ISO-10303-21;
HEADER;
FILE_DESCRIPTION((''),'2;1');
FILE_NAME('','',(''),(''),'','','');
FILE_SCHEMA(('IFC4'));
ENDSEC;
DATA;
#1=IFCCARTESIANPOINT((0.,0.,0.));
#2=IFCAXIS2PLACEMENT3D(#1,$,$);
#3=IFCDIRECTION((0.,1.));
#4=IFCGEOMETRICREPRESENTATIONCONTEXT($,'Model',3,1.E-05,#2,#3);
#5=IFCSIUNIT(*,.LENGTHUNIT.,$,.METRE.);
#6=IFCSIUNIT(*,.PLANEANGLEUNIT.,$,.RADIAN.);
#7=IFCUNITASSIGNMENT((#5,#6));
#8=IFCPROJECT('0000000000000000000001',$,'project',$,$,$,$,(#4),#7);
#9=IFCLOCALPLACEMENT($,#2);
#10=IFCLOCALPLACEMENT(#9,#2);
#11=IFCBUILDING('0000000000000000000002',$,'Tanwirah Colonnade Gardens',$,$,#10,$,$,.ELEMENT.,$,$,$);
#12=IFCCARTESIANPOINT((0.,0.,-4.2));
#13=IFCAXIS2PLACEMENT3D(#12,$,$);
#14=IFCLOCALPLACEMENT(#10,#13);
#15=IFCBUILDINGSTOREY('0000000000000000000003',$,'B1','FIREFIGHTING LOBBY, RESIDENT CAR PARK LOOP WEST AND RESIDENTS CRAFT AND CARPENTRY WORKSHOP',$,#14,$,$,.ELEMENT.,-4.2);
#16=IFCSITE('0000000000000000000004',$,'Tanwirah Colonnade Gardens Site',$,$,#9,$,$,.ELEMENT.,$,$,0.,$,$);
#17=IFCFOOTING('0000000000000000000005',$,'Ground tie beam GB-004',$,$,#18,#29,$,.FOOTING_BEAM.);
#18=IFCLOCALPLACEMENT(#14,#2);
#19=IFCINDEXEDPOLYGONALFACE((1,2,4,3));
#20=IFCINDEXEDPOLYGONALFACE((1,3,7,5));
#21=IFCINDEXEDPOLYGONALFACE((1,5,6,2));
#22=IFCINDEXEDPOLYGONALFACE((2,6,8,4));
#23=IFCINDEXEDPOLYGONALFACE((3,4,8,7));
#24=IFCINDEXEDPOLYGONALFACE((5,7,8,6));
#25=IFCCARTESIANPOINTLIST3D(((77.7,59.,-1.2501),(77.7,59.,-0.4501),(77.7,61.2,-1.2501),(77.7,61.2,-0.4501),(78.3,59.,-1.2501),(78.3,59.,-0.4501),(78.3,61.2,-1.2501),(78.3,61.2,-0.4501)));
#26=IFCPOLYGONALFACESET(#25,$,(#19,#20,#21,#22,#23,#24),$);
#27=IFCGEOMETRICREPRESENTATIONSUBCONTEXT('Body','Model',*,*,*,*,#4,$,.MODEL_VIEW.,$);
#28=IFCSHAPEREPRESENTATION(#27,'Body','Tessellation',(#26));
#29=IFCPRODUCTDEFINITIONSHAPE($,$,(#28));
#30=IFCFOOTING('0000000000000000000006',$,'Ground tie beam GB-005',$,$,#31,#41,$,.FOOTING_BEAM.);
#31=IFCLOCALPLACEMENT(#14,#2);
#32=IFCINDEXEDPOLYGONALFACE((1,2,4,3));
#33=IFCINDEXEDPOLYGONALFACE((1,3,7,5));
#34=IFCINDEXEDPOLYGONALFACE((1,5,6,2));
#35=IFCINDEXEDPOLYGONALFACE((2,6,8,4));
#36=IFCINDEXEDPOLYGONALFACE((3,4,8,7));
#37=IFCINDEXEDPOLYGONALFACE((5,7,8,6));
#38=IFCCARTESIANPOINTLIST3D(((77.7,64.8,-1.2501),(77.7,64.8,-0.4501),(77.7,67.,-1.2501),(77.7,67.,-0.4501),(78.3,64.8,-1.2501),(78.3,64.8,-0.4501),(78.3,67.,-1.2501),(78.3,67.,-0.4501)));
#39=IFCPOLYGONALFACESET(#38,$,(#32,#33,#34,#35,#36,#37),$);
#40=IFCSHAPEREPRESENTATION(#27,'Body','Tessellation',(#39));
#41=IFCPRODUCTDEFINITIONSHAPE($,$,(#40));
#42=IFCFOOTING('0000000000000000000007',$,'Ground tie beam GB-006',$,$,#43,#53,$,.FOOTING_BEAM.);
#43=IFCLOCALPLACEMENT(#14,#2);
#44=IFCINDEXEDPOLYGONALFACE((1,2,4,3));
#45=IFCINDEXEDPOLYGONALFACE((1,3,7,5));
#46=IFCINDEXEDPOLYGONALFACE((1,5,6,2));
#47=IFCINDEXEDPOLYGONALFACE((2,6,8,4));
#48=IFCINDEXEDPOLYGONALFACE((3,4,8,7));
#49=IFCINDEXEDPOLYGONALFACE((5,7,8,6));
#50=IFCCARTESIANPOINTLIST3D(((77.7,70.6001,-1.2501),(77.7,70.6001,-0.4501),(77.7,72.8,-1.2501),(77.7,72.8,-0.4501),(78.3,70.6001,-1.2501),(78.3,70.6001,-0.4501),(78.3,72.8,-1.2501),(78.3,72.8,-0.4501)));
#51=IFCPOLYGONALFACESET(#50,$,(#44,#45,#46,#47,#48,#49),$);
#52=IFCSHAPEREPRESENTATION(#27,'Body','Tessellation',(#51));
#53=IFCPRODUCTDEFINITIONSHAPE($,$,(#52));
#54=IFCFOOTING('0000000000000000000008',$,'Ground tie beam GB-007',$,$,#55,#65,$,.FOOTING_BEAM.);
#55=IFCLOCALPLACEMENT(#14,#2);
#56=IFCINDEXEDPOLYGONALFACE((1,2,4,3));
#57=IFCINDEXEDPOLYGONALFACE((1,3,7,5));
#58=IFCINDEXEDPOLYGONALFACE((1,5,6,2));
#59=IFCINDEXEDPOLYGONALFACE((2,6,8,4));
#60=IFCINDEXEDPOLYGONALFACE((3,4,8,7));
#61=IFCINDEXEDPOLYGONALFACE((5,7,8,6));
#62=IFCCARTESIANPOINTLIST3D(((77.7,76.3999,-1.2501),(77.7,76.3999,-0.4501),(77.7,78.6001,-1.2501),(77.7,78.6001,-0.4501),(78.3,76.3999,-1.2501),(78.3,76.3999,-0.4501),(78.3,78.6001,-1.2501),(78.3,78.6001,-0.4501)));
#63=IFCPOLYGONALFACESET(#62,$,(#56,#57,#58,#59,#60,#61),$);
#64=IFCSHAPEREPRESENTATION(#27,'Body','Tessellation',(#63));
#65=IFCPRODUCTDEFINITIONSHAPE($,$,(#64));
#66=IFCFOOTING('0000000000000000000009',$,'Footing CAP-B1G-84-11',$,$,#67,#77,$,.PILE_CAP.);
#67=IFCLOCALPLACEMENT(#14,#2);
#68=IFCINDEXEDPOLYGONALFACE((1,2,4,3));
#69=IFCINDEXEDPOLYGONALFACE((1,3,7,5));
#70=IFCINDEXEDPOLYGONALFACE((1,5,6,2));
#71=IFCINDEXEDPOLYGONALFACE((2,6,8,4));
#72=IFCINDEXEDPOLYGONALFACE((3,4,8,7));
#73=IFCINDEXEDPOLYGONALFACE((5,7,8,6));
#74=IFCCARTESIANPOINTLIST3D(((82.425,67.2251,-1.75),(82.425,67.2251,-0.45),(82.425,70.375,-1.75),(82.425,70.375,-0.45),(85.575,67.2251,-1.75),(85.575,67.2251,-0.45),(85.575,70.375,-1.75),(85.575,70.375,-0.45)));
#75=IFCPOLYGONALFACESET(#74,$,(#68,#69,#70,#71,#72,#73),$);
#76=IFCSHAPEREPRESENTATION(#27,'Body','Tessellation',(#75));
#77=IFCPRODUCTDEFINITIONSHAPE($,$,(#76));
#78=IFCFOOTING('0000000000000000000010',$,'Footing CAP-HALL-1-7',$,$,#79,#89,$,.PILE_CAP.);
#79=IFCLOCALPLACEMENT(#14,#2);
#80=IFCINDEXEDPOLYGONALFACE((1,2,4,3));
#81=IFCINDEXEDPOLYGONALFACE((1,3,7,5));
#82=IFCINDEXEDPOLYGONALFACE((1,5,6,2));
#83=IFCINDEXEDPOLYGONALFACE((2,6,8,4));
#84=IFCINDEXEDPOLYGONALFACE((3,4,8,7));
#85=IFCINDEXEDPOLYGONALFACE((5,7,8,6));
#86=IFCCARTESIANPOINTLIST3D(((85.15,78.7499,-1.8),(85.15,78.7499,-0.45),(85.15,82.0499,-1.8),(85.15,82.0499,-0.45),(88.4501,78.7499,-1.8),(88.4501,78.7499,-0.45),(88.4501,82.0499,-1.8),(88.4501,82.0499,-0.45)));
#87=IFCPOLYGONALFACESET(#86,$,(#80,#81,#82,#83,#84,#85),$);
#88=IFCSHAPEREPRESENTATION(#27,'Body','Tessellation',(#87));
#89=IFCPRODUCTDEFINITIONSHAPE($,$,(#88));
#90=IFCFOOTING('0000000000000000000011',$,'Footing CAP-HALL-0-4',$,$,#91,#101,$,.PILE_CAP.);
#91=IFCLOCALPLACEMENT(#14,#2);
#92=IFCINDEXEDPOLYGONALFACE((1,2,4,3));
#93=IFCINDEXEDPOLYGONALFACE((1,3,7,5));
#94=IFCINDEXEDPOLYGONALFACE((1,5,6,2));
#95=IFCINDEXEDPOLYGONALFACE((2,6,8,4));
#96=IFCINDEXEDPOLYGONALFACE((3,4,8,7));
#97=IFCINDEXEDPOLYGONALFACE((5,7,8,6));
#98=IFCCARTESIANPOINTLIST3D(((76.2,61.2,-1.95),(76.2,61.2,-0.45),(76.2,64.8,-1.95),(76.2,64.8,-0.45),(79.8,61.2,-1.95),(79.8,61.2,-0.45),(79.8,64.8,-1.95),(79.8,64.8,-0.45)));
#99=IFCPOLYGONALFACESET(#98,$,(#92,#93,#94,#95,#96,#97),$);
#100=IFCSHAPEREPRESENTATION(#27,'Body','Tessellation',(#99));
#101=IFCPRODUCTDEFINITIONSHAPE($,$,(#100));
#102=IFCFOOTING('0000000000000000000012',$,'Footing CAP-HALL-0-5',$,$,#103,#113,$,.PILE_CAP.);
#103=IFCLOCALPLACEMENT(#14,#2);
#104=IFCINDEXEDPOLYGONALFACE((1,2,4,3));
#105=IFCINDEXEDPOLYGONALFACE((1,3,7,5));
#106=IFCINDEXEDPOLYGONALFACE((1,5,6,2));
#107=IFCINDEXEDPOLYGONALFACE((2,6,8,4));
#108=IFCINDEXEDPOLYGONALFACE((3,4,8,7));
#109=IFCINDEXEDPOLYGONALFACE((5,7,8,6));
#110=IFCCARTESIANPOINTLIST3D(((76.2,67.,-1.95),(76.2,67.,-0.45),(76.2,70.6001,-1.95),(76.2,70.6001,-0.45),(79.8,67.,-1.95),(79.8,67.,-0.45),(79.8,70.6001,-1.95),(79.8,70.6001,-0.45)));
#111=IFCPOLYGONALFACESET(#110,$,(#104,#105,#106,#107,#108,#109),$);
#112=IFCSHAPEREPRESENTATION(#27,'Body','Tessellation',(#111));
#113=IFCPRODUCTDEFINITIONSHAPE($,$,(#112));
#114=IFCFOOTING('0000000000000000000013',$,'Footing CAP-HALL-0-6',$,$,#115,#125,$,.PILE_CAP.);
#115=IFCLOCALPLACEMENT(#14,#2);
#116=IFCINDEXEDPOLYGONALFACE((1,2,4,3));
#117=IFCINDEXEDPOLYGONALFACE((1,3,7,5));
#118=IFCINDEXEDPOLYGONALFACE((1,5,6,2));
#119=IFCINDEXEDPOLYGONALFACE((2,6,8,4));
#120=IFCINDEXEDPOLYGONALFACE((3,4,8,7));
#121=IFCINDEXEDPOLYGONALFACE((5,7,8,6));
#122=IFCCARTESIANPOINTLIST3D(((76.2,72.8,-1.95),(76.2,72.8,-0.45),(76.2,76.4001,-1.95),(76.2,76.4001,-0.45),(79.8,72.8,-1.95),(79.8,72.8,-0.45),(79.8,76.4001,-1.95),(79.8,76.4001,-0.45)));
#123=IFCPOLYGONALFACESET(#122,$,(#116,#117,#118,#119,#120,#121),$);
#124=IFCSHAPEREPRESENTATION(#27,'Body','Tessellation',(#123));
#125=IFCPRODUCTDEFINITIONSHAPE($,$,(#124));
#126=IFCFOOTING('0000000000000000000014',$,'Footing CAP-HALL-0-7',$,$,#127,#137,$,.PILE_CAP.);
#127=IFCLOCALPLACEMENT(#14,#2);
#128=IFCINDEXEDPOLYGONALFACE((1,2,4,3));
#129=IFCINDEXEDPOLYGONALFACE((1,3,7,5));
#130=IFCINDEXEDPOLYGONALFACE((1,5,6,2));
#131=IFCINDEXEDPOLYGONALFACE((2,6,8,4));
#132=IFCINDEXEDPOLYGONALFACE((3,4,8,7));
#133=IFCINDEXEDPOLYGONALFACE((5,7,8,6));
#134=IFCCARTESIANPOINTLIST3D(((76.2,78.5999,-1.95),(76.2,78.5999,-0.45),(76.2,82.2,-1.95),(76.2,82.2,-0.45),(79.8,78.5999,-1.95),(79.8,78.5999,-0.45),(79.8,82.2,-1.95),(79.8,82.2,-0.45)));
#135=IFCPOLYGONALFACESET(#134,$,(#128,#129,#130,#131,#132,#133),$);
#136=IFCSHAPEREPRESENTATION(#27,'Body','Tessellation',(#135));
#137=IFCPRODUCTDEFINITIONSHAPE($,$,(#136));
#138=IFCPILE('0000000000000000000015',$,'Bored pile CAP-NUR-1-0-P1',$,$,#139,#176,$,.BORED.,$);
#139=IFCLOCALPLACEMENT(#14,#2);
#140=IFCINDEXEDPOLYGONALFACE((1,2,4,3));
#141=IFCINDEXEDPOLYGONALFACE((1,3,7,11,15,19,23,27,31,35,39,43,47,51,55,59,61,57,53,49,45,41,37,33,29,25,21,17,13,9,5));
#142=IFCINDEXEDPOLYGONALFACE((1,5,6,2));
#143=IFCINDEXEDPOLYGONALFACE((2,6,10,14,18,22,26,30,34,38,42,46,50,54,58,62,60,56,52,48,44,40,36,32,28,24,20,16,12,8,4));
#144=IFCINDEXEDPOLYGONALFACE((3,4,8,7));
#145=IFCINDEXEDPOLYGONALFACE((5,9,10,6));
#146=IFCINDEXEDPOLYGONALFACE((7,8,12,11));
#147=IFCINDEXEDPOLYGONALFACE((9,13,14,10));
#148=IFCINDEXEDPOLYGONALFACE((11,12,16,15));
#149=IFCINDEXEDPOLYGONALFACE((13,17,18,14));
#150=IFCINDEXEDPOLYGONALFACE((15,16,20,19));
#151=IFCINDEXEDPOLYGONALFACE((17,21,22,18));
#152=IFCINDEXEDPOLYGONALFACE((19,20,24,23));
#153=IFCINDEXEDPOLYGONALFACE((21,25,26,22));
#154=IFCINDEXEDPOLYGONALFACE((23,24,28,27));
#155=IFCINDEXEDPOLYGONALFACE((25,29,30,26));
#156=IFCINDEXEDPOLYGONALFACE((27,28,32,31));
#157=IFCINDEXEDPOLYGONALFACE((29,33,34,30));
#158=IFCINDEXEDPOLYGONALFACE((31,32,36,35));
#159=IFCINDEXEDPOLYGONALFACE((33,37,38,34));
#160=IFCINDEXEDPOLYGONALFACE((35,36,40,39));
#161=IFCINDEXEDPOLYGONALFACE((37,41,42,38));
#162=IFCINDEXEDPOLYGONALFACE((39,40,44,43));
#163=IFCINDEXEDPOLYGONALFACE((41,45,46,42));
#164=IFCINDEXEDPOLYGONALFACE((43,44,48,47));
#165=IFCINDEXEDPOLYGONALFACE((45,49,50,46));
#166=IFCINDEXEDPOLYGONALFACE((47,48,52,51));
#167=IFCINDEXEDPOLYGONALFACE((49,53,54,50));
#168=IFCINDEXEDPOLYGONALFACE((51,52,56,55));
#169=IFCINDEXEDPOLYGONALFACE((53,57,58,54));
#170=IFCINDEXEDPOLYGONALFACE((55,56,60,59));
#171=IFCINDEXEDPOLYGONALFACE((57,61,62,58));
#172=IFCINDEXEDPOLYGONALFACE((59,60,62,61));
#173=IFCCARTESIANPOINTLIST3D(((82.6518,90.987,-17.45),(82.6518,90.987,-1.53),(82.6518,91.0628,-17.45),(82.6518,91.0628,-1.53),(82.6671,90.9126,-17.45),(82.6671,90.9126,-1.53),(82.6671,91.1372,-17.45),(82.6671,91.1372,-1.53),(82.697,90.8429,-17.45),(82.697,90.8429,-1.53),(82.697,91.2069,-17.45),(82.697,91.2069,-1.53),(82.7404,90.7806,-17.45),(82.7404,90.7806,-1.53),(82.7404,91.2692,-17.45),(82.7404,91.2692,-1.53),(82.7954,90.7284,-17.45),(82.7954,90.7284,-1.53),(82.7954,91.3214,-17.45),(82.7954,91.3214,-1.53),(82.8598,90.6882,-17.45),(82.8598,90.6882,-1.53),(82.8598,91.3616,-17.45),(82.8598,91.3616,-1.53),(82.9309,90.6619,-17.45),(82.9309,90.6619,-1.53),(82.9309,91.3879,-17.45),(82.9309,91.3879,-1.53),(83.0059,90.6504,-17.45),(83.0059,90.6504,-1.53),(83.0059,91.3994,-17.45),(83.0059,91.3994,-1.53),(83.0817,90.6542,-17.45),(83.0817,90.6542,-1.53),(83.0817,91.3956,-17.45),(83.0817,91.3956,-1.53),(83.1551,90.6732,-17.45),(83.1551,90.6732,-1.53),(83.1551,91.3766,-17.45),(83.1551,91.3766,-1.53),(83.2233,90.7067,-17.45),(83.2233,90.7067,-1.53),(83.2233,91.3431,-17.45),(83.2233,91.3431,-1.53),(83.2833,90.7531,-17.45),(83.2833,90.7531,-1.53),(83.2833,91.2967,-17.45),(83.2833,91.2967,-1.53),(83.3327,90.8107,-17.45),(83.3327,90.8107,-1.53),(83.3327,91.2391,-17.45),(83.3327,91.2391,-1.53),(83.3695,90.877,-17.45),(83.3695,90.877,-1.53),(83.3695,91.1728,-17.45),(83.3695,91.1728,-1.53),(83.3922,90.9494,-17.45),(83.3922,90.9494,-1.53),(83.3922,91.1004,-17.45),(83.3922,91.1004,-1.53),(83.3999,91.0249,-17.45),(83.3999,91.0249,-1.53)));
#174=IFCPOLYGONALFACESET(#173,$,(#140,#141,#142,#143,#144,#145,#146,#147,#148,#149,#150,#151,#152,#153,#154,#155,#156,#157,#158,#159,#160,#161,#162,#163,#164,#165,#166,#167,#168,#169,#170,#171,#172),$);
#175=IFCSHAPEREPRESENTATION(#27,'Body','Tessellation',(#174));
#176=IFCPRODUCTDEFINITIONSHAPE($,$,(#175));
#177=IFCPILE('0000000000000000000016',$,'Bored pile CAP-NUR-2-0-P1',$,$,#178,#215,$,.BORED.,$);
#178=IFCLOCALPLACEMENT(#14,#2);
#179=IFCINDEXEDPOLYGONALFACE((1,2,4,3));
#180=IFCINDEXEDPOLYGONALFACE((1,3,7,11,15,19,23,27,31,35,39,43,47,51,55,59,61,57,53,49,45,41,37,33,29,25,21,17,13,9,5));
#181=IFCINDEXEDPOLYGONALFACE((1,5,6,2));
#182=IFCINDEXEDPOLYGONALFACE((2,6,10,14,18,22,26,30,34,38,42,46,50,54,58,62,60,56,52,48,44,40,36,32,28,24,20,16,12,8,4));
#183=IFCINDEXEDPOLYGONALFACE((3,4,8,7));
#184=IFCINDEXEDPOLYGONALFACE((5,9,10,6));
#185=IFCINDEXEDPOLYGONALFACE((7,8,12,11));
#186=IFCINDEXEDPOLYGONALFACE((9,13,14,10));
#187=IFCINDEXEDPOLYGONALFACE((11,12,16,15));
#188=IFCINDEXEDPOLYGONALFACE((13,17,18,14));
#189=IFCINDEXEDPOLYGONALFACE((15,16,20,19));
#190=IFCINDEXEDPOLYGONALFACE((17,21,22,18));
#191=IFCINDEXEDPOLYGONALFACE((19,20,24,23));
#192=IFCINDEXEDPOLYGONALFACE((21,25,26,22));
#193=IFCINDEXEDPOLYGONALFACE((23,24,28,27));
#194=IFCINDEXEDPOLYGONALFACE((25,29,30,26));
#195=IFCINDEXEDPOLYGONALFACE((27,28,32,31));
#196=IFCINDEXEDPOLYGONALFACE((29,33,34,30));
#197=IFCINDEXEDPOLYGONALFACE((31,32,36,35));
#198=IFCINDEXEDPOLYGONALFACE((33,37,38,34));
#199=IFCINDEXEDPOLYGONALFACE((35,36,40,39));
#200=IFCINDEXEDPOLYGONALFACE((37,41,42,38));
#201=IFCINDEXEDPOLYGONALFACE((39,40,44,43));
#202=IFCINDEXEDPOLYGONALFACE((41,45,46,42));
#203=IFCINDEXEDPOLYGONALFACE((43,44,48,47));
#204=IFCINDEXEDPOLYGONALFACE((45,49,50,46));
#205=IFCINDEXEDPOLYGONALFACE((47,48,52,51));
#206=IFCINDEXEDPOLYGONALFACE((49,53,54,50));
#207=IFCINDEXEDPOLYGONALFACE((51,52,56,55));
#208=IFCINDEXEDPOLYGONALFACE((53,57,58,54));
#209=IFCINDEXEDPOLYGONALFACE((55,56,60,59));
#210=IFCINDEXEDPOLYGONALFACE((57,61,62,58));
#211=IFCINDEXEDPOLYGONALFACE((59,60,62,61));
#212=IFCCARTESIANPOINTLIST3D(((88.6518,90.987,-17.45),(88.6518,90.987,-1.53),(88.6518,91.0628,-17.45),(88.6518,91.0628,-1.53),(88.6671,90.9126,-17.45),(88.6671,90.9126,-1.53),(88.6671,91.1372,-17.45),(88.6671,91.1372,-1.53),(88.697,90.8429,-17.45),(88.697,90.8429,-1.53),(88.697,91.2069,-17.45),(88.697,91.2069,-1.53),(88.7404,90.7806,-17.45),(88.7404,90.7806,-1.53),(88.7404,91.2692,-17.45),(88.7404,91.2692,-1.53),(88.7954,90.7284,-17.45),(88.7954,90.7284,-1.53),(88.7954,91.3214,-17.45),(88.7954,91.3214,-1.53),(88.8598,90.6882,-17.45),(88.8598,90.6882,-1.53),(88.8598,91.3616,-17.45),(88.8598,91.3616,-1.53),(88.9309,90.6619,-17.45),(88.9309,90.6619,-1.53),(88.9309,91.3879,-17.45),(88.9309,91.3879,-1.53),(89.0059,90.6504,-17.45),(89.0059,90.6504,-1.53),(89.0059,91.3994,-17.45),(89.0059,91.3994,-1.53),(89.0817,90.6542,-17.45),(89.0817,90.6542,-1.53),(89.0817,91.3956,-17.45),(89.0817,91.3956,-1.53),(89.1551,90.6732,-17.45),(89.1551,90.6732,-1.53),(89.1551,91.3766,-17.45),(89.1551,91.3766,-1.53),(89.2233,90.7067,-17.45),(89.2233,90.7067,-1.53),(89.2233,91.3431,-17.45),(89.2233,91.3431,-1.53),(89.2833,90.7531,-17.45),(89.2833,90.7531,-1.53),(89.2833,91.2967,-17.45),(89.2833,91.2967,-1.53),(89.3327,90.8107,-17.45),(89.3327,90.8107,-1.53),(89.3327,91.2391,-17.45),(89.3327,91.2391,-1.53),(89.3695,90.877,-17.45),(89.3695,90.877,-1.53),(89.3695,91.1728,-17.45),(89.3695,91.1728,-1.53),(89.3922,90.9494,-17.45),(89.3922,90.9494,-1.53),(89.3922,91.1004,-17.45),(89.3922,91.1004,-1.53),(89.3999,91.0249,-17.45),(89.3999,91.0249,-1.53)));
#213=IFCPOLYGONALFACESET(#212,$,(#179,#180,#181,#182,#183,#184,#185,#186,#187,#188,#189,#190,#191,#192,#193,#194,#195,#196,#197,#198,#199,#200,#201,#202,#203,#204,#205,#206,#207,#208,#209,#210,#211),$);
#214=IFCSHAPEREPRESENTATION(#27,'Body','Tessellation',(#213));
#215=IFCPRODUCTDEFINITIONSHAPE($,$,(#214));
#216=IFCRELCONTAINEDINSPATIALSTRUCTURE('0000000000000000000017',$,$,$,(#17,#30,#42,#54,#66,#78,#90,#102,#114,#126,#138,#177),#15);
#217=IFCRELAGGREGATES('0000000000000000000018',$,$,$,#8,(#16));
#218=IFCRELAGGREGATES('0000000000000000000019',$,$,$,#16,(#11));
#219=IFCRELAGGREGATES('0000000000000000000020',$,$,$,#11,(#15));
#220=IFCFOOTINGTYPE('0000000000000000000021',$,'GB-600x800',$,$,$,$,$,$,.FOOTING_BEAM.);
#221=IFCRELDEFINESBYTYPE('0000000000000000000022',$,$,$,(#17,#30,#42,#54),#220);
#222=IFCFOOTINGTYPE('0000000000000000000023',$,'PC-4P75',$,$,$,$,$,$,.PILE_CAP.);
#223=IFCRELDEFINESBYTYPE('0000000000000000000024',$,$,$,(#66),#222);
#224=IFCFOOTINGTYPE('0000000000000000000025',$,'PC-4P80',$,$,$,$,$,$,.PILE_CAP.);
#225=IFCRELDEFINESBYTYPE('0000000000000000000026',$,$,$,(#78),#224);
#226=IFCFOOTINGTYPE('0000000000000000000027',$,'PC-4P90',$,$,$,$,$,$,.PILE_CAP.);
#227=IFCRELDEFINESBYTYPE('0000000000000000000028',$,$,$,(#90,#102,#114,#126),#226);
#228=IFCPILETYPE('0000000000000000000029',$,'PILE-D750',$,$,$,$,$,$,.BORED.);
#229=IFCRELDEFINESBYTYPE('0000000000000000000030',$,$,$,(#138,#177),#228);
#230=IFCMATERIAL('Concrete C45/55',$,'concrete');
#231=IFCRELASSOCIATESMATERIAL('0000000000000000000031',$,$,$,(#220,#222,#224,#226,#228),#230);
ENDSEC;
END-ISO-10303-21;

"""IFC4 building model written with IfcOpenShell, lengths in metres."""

from ifc_helpers import new_model, si_unit, direction, frame, origin, origin_2d, place, context, subcontext, project, spatial, rectangle, circle, extrude, material, material_profile, profile_set, type_object, element, save


model = new_model("IFC4")

# Units and contexts
model_context = context("Model", 3, precision=1e-05, world=origin(), true_north=direction((0.0, 1.0)))
body_context = subcontext(model_context, "Body", "Model", "MODEL_VIEW")
ifc_project = project(units=[si_unit("LENGTHUNIT", "METRE"), si_unit("PLANEANGLEUNIT", "RADIAN")], contexts=[model_context])

# Site, building, storey
site_placement = place(None, origin())
site = spatial("IfcSite", under=ifc_project, at=site_placement, Name="Tanwirah Colonnade Gardens Site", CompositionType="ELEMENT", RefElevation=0.0)
building_placement = place(site_placement, origin())
building = spatial("IfcBuilding", under=site, at=building_placement, Name="Tanwirah Colonnade Gardens", CompositionType="ELEMENT")
storey_placement = place(building_placement, frame((0.0, 0.0, -4.2)))
storey = spatial("IfcBuildingStorey", under=building, at=storey_placement, Name="B1", Description="FIREFIGHTING LOBBY, RESIDENT CAR PARK LOOP WEST AND RESIDENTS CRAFT AND CARPENTRY WORKSHOP", CompositionType="ELEMENT", Elevation=-4.2)

# Footings
ifc_material_1 = material(Name="Concrete C45/55", Category="concrete")
ifc_material_profile_1 = material_profile(ifc_material_1, rectangle(XDim=0.6001, YDim=0.8, at=origin_2d()), Name="GB-600x800")
ifc_profile_set_1 = profile_set([ifc_material_profile_1], Name="Concrete C45/55")
footing_type_1 = type_object("IfcFootingType", Name="GB-600x800", PredefinedType="FOOTING_BEAM", material=ifc_profile_set_1)
for number, where, z_axis, x_axis, name in (
    (1, (78.0, 59.0, -0.8501), (0.0, 1.0, 0.0), (-1.0, 0.0, 0.0), "Ground tie beam GB-004"),
    (2, (78.0, 64.8, -0.8501), (0.0, 1.0, 0.0), (-1.0, 0.0, 0.0), "Ground tie beam GB-005"),
    (3, (78.0, 70.6001, -0.8501), (0.0, 1.0, 0.0), (-1.0, 0.0, 0.0), "Ground tie beam GB-006"),
):
    element("IfcFooting", number, at=place(storey_placement, frame(where, z_axis=z_axis, x_axis=x_axis)), inside=storey, type_object=footing_type_1, Name=name, PredefinedType="FOOTING_BEAM", context=body_context, shape_type="SweptSolid", body=[
        extrude(rectangle(XDim=0.6001, YDim=0.8, at=origin_2d()), origin(), (0.0, 0.0, 1.0), 2.2),
    ])
footing_1_placement = place(storey_placement, frame((78.0, 76.3999, -0.8501), z_axis=(0.0, 1.0, 0.0), x_axis=(-1.0, 0.0, 0.0)))
element("IfcFooting", 4, at=footing_1_placement, inside=storey, type_object=footing_type_1, Name="Ground tie beam GB-007", PredefinedType="FOOTING_BEAM", context=body_context, shape_type="SweptSolid", body=[
    extrude(rectangle(XDim=0.6001, YDim=0.8, at=origin_2d()), origin(), (0.0, 0.0, 1.0), 2.2002),
])
footing_type_2 = type_object("IfcFootingType", Name="PC-4P75", PredefinedType="PILE_CAP", material=ifc_material_1)
footing_2_placement = place(storey_placement, frame((84.0, 68.8, -1.75), z_axis=(0.0, 0.0, 1.0), x_axis=(1.0, 0.0, 0.0)))
element("IfcFooting", 5, at=footing_2_placement, inside=storey, type_object=footing_type_2, Name="Footing CAP-B1G-84-11", PredefinedType="PILE_CAP", context=body_context, shape_type="SweptSolid", body=[
    extrude(rectangle(XDim=3.1499, YDim=3.1499, at=origin_2d()), origin(), (0.0, 0.0, 1.0), 1.3),
])
footing_type_3 = type_object("IfcFootingType", Name="PC-4P80", PredefinedType="PILE_CAP", material=ifc_material_1)
footing_3_placement = place(storey_placement, frame((86.8, 80.3999, -1.8), z_axis=(0.0, 0.0, 1.0), x_axis=(1.0, 0.0, 0.0)))
element("IfcFooting", 6, at=footing_3_placement, inside=storey, type_object=footing_type_3, Name="Footing CAP-HALL-1-7", PredefinedType="PILE_CAP", context=body_context, shape_type="SweptSolid", body=[
    extrude(rectangle(XDim=3.3, YDim=3.3, at=origin_2d()), origin(), (0.0, 0.0, 1.0), 1.3501),
])
footing_type_4 = type_object("IfcFootingType", Name="PC-4P90", PredefinedType="PILE_CAP", material=ifc_material_1)
for number, where, z_axis, x_axis, name in (
    (7, (78.0, 63.0, -1.95), (0.0, 0.0, 1.0), (1.0, 0.0, 0.0), "Footing CAP-HALL-0-4"),
    (8, (78.0, 68.8, -1.95), (0.0, 0.0, 1.0), (1.0, 0.0, 0.0), "Footing CAP-HALL-0-5"),
    (9, (78.0, 74.6001, -1.95), (0.0, 0.0, 1.0), (1.0, 0.0, 0.0), "Footing CAP-HALL-0-6"),
    (10, (78.0, 80.3999, -1.95), (0.0, 0.0, 1.0), (1.0, 0.0, 0.0), "Footing CAP-HALL-0-7"),
):
    element("IfcFooting", number, at=place(storey_placement, frame(where, z_axis=z_axis, x_axis=x_axis)), inside=storey, type_object=footing_type_4, Name=name, PredefinedType="PILE_CAP", context=body_context, shape_type="SweptSolid", body=[
        extrude(rectangle(XDim=3.6001, YDim=3.6001, at=origin_2d()), origin(), (0.0, 0.0, 1.0), 1.5),
    ])

# Piles
ifc_material_profile_2 = material_profile(ifc_material_1, circle(Radius=0.375, at=origin_2d()), Name="PILE D750")
ifc_profile_set_2 = profile_set([ifc_material_profile_2], Name="Concrete C45/55")
pile_type_1 = type_object("IfcPileType", Name="PILE-D750", PredefinedType="BORED", material=ifc_profile_set_2)
for number, where, z_axis, x_axis, name in (
    (11, (83.0249, 91.0249, -1.53), (0.0, 0.0, -1.0), (1.0, 0.0, 0.0), "Bored pile CAP-NUR-1-0-P1"),
    (12, (89.0249, 91.0249, -1.53), (0.0, 0.0, -1.0), (1.0, 0.0, 0.0), "Bored pile CAP-NUR-2-0-P1"),
):
    element("IfcPile", number, at=place(storey_placement, frame(where, z_axis=z_axis, x_axis=x_axis)), inside=storey, type_object=pile_type_1, Name=name, PredefinedType="BORED", context=body_context, shape_type="SweptSolid", body=[
        extrude(circle(Radius=0.375, at=origin_2d()), origin(), (0.0, 0.0, 1.0), 15.9199),
    ])

save(model, "model.ifc")
